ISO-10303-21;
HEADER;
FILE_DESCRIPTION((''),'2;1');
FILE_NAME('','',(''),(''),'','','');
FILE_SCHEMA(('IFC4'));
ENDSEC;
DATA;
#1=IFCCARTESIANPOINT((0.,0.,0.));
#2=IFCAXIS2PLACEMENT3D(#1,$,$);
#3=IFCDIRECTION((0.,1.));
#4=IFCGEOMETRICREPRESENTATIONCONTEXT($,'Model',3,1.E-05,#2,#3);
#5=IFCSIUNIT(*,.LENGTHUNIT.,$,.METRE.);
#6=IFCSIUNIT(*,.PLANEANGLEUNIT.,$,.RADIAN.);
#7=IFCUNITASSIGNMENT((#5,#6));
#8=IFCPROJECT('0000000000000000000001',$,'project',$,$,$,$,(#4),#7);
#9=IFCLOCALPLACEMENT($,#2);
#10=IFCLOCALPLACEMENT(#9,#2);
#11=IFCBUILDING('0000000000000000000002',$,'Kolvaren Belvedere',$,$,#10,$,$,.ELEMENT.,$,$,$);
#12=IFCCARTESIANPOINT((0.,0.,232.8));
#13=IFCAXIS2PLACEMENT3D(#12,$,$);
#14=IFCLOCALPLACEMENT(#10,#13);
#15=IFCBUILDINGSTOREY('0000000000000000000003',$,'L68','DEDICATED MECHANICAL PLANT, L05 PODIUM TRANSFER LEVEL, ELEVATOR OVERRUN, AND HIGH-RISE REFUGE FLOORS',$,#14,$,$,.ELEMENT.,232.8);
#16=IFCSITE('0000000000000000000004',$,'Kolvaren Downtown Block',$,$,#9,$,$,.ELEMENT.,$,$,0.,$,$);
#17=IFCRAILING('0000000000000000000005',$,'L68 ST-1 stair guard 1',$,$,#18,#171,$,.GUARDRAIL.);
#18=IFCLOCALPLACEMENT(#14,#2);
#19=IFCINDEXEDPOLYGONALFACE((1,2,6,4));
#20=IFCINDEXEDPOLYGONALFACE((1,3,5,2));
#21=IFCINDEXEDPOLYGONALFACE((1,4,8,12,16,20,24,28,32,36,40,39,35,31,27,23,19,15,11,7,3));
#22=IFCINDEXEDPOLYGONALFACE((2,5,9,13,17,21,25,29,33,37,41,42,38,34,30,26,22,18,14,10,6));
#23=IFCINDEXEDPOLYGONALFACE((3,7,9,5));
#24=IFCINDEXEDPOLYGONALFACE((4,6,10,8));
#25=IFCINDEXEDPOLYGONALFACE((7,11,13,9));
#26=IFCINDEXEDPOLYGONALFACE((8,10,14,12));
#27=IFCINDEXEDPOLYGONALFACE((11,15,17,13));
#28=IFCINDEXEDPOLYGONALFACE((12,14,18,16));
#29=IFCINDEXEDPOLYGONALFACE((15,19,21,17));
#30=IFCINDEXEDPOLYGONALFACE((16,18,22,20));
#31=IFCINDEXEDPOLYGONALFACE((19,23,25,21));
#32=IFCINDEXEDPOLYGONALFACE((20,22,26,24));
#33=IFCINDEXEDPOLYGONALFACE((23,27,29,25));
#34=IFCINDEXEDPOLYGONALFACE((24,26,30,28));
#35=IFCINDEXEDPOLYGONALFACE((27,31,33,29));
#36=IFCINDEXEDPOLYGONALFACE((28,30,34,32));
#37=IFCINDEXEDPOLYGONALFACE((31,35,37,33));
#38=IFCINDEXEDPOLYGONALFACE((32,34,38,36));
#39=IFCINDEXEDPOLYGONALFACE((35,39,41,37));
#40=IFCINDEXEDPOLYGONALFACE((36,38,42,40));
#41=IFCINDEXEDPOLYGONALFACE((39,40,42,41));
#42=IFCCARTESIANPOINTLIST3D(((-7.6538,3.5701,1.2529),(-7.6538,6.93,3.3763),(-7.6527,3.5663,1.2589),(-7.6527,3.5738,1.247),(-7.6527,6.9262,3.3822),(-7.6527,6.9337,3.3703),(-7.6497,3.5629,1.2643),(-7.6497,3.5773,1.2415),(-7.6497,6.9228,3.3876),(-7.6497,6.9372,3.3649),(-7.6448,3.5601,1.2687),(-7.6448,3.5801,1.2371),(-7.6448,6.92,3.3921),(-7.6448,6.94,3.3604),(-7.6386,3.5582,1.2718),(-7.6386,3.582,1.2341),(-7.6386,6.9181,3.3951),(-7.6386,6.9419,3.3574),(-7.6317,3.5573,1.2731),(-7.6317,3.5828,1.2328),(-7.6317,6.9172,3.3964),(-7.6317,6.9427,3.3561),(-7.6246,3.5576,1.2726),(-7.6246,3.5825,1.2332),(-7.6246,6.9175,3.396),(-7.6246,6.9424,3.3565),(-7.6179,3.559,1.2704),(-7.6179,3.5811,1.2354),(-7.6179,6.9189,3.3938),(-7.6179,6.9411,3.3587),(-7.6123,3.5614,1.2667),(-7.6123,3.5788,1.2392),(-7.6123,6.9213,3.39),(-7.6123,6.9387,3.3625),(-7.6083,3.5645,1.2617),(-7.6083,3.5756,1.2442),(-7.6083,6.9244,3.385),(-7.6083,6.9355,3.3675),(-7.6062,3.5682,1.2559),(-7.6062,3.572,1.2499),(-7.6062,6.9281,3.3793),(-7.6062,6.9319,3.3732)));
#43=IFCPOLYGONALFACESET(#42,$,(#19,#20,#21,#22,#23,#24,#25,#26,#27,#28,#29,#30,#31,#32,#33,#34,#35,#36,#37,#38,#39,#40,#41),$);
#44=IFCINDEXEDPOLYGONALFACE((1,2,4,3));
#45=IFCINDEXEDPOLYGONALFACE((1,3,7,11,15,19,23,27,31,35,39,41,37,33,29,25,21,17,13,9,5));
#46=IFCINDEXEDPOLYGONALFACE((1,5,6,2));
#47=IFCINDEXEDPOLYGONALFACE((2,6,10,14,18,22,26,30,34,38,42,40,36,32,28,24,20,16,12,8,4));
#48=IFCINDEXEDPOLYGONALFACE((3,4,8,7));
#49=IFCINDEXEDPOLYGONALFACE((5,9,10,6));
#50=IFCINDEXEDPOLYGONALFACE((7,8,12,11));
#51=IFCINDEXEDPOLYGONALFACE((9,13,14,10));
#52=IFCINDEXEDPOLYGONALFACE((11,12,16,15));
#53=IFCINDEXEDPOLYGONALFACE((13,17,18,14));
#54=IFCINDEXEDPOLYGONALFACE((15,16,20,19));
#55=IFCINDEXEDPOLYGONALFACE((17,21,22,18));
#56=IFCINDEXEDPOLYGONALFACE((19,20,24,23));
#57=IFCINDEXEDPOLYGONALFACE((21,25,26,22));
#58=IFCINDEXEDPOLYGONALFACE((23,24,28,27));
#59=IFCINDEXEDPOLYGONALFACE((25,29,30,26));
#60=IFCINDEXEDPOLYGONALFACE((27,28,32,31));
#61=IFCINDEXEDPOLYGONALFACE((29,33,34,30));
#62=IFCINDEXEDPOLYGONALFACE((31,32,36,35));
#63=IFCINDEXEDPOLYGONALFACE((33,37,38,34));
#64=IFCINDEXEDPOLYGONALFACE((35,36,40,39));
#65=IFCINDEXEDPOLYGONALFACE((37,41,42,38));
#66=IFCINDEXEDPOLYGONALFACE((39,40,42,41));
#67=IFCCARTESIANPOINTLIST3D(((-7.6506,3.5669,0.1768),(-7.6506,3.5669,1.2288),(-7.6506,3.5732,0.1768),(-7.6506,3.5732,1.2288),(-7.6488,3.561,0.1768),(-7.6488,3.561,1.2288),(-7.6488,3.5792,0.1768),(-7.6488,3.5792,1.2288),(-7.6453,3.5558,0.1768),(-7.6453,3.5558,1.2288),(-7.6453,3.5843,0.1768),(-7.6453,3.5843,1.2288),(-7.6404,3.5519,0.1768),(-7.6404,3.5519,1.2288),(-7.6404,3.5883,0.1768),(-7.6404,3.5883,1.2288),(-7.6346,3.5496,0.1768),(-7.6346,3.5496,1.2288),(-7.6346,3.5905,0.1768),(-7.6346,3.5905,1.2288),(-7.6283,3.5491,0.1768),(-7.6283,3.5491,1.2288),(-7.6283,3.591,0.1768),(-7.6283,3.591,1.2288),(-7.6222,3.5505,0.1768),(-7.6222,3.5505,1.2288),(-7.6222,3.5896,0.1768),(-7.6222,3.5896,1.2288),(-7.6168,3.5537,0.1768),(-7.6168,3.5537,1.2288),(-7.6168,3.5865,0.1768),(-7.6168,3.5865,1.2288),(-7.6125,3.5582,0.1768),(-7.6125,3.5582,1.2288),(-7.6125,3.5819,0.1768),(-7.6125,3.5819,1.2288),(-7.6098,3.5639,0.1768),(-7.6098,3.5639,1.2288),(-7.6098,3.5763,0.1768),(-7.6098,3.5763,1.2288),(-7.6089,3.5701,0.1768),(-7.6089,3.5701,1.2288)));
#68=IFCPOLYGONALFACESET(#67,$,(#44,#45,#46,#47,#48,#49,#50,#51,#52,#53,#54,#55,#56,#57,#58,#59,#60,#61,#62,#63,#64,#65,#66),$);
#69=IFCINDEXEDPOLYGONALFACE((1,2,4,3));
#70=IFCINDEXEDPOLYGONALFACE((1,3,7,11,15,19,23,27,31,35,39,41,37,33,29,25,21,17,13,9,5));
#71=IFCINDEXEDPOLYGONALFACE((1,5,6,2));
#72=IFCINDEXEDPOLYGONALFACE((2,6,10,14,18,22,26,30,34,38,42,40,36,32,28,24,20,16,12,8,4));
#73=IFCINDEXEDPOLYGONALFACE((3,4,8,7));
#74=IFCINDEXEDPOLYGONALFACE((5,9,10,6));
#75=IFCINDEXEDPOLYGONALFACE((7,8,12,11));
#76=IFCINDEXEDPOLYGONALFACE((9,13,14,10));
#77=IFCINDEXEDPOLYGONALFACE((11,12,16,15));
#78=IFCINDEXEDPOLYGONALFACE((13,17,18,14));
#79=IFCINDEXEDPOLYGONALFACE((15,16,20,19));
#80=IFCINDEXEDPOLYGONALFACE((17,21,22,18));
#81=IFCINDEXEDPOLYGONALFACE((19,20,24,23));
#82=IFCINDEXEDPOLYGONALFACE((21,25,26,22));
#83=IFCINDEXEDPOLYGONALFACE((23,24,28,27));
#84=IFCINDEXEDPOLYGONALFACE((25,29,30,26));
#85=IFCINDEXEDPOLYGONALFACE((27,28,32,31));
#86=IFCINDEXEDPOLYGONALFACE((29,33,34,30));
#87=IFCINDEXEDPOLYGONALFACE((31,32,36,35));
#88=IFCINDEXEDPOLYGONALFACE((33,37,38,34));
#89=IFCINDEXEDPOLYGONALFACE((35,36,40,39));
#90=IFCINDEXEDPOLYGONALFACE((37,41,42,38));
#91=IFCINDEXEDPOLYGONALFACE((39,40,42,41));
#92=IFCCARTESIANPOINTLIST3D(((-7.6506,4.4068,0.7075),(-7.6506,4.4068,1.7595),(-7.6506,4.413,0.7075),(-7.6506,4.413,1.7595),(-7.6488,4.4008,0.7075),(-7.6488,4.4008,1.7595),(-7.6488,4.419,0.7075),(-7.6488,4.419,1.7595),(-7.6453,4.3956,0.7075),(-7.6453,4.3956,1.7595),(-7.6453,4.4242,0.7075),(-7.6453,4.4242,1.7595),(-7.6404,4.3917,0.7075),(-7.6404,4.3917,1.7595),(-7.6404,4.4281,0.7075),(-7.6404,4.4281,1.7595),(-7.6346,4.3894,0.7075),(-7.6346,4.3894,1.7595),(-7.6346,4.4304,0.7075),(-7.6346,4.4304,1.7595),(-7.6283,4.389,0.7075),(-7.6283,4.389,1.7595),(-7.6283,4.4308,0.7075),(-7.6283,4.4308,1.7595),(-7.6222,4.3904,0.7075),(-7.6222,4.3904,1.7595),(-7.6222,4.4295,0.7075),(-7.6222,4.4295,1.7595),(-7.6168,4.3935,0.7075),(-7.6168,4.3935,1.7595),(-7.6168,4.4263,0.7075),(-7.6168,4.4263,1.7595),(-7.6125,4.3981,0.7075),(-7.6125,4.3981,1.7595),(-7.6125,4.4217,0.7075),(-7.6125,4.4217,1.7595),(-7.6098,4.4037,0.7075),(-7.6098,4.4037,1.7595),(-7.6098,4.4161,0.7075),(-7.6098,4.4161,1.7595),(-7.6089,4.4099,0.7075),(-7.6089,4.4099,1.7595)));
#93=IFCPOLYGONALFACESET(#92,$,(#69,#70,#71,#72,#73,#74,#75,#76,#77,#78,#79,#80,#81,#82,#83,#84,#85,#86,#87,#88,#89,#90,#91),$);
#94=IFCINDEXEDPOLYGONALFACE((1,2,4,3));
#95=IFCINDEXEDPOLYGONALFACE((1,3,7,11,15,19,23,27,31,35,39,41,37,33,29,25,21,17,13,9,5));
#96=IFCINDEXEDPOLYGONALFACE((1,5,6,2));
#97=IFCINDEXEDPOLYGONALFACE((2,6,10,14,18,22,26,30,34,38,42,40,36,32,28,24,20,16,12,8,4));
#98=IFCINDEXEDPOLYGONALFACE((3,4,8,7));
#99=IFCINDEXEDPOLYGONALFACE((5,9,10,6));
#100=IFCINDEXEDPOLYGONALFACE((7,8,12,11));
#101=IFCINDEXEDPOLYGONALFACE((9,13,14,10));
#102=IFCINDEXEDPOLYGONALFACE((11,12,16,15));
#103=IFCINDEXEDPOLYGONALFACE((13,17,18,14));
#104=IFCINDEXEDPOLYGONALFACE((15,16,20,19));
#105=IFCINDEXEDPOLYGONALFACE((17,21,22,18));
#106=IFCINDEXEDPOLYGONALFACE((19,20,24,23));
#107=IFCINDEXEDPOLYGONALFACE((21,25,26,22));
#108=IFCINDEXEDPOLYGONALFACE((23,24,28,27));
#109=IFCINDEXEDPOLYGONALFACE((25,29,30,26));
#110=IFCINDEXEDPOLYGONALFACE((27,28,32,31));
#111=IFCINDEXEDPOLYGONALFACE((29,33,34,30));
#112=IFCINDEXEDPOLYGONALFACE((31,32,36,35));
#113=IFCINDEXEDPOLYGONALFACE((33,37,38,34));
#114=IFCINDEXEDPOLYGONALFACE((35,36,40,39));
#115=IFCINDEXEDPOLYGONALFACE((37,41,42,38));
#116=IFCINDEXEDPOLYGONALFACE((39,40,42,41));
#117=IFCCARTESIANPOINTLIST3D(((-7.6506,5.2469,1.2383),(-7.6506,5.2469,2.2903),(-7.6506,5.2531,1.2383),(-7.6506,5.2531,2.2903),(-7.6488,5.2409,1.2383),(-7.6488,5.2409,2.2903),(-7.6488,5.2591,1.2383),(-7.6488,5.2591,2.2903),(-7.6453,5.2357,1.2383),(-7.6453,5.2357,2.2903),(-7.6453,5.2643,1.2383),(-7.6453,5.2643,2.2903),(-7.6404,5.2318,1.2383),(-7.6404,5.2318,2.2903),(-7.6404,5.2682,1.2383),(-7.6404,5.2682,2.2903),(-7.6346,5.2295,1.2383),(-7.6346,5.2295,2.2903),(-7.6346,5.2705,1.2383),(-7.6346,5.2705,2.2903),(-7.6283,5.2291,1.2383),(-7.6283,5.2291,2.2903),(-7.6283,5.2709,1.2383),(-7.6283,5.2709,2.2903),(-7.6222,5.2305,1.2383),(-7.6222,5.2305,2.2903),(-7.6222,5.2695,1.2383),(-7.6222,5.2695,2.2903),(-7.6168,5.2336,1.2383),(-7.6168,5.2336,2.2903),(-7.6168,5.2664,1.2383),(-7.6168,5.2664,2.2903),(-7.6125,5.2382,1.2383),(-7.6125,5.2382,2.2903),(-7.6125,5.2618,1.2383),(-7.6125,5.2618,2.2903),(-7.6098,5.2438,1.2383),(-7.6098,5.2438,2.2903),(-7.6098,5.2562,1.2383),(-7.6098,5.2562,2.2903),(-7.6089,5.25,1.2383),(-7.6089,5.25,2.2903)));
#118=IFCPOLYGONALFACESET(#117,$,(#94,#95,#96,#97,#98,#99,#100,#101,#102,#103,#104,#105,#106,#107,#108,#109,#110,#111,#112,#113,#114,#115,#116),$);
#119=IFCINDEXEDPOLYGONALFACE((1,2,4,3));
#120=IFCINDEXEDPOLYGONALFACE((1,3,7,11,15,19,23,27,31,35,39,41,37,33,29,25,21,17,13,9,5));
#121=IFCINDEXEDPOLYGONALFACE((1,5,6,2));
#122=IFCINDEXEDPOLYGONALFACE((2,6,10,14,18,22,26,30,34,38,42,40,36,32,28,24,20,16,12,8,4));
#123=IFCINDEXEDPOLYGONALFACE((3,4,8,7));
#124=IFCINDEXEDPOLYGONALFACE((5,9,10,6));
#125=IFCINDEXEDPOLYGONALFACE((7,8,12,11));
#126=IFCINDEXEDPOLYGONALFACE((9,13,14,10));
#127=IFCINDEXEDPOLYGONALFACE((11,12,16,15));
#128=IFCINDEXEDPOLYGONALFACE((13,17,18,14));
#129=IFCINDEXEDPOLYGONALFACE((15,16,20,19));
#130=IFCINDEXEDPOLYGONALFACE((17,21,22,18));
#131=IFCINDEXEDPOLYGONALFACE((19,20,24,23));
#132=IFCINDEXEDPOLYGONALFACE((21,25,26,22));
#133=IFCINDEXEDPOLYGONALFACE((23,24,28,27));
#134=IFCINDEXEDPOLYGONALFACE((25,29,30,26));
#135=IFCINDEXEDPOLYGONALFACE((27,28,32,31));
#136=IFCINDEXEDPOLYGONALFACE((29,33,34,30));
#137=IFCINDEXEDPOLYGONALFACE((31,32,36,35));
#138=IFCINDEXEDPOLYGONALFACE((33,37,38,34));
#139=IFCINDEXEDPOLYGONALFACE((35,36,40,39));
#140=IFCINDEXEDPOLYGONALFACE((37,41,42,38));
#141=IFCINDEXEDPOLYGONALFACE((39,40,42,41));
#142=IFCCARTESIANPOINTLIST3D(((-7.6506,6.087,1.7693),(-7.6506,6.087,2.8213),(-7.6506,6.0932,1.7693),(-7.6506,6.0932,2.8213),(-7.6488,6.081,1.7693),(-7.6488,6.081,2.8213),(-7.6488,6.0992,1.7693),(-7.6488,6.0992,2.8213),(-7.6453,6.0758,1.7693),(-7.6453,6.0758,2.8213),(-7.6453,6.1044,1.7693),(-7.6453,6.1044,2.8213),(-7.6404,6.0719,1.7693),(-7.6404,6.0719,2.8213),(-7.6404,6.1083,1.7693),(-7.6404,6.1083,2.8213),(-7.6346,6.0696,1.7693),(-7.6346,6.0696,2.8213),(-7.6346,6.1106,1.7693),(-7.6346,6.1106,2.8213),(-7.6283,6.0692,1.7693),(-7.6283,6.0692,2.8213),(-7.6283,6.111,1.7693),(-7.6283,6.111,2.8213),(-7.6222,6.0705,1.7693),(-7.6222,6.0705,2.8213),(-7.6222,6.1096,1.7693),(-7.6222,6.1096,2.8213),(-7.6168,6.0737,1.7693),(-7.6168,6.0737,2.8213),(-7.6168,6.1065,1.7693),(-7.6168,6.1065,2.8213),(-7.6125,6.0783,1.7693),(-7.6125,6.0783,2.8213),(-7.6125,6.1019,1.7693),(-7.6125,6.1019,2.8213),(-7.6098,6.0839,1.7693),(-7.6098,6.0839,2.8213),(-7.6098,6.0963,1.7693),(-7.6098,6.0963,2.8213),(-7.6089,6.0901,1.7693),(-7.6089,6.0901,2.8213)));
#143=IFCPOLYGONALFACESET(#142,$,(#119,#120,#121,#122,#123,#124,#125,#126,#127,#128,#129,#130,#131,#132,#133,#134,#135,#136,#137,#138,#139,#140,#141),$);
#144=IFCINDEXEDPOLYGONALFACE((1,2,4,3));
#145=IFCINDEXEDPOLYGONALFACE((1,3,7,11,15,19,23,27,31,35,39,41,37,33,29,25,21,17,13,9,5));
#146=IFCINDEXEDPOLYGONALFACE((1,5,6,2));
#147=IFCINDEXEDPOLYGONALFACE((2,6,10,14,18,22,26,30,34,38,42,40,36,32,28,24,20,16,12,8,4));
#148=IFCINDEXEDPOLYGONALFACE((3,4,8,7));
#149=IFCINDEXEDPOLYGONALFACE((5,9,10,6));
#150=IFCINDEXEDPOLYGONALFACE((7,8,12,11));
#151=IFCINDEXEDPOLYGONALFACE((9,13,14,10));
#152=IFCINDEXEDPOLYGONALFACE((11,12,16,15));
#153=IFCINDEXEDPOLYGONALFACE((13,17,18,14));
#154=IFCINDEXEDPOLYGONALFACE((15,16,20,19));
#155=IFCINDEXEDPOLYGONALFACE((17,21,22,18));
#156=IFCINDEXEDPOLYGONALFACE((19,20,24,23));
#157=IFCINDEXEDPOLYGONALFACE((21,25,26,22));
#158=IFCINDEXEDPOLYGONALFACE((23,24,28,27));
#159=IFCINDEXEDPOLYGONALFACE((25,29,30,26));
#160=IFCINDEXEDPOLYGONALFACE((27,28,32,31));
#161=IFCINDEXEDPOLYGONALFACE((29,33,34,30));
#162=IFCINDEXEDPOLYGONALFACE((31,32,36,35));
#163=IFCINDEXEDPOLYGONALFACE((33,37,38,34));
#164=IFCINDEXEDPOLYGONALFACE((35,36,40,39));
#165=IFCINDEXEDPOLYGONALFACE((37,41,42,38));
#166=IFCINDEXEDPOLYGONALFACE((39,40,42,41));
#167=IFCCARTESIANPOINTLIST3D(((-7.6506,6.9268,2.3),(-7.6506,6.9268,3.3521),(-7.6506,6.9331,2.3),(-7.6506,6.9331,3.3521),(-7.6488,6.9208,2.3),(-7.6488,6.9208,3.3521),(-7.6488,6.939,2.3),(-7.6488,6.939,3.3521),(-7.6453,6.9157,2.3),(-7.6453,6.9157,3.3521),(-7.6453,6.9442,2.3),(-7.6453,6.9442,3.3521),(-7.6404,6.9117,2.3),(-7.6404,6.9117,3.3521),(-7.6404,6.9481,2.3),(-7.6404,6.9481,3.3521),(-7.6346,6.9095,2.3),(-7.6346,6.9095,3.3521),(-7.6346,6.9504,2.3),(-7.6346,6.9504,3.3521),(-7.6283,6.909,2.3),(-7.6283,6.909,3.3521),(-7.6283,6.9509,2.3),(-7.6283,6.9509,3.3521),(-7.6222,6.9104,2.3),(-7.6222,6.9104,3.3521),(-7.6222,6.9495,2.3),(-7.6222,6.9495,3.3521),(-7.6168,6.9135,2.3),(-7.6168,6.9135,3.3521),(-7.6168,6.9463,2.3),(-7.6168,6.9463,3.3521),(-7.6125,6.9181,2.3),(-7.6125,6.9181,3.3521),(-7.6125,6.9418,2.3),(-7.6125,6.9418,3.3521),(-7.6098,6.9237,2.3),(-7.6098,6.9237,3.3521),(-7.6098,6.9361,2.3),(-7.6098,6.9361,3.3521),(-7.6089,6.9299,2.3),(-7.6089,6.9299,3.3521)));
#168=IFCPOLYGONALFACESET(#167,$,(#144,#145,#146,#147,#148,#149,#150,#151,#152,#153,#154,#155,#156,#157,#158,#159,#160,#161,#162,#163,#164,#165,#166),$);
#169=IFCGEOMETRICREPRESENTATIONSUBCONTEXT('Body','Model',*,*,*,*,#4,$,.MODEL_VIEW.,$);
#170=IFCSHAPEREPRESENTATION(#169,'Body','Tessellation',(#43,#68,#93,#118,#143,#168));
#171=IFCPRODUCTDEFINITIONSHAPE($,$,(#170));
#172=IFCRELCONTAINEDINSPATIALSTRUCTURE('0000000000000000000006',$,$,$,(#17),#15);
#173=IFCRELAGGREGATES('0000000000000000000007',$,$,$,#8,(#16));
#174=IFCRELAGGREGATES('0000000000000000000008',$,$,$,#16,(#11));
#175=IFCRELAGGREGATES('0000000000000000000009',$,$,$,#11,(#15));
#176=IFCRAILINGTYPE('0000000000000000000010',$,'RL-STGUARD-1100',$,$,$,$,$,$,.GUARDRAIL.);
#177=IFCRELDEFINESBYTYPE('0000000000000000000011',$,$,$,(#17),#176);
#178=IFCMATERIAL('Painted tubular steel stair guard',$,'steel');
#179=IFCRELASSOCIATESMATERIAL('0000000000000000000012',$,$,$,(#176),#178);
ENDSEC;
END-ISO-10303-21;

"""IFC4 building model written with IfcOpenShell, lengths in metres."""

from ifc_helpers import new_model, si_unit, direction, frame, origin, origin_2d, place, context, subcontext, project, spatial, circle, extrude, material, type_object, element, save


model = new_model("IFC4")

# Units and contexts
model_context = context("Model", 3, precision=1e-05, world=origin(), true_north=direction((0.0, 1.0)))
body_context = subcontext(model_context, "Body", "Model", "MODEL_VIEW")
ifc_project = project(units=[si_unit("LENGTHUNIT", "METRE"), si_unit("PLANEANGLEUNIT", "RADIAN")], contexts=[model_context])

# Site, building, storey
site_placement = place(None, origin())
site = spatial("IfcSite", under=ifc_project, at=site_placement, Name="Kolvaren Downtown Block", CompositionType="ELEMENT", RefElevation=0.0)
building_placement = place(site_placement, origin())
building = spatial("IfcBuilding", under=site, at=building_placement, Name="Kolvaren Belvedere", CompositionType="ELEMENT")
storey_placement = place(building_placement, frame((0.0, 0.0, 232.8)))
storey = spatial("IfcBuildingStorey", under=building, at=storey_placement, Name="L68", Description="DEDICATED MECHANICAL PLANT, L05 PODIUM TRANSFER LEVEL, ELEVATOR OVERRUN, AND HIGH-RISE REFUGE FLOORS", CompositionType="ELEMENT", Elevation=232.8)

# Railing
ifc_material_1 = material(Name="Painted tubular steel stair guard", Category="steel")
railing_type_1 = type_object("IfcRailingType", Name="RL-STGUARD-1100", PredefinedType="GUARDRAIL", material=ifc_material_1)
railing_1_placement = place(storey_placement, frame((-7.6299, 3.5701, 0.1768)))
element("IfcRailing", 1, at=railing_1_placement, inside=storey, type_object=railing_type_1, Name="L68 ST-1 stair guard 1", PredefinedType="GUARDRAIL", context=body_context, shape_type="SweptSolid", body=[
    extrude(circle(Radius=0.0239, at=origin_2d()), frame((0.0, 0.0, 1.0762), z_axis=(0.0, 0.845344, 0.534222), x_axis=(-1.0, 0.0, 0.0)), (0.0, 0.0, 1.0), 3.9746),
    extrude(circle(Radius=0.021, at=origin_2d()), origin(), (0.0, 0.0, 1.0), 1.052),
    extrude(circle(Radius=0.021, at=origin_2d()), frame((0.0, 0.8398, 0.5308)), (0.0, 0.0, 1.0), 1.052),
    extrude(circle(Radius=0.021, at=origin_2d()), frame((0.0, 1.6799, 1.0615)), (0.0, 0.0, 1.0), 1.052),
    extrude(circle(Radius=0.021, at=origin_2d()), frame((0.0, 2.52, 1.5925)), (0.0, 0.0, 1.0), 1.052),
    extrude(circle(Radius=0.021, at=origin_2d()), frame((0.0, 3.3599, 2.1233)), (0.0, 0.0, 1.0), 1.052),
])

save(model, "model.ifc")
